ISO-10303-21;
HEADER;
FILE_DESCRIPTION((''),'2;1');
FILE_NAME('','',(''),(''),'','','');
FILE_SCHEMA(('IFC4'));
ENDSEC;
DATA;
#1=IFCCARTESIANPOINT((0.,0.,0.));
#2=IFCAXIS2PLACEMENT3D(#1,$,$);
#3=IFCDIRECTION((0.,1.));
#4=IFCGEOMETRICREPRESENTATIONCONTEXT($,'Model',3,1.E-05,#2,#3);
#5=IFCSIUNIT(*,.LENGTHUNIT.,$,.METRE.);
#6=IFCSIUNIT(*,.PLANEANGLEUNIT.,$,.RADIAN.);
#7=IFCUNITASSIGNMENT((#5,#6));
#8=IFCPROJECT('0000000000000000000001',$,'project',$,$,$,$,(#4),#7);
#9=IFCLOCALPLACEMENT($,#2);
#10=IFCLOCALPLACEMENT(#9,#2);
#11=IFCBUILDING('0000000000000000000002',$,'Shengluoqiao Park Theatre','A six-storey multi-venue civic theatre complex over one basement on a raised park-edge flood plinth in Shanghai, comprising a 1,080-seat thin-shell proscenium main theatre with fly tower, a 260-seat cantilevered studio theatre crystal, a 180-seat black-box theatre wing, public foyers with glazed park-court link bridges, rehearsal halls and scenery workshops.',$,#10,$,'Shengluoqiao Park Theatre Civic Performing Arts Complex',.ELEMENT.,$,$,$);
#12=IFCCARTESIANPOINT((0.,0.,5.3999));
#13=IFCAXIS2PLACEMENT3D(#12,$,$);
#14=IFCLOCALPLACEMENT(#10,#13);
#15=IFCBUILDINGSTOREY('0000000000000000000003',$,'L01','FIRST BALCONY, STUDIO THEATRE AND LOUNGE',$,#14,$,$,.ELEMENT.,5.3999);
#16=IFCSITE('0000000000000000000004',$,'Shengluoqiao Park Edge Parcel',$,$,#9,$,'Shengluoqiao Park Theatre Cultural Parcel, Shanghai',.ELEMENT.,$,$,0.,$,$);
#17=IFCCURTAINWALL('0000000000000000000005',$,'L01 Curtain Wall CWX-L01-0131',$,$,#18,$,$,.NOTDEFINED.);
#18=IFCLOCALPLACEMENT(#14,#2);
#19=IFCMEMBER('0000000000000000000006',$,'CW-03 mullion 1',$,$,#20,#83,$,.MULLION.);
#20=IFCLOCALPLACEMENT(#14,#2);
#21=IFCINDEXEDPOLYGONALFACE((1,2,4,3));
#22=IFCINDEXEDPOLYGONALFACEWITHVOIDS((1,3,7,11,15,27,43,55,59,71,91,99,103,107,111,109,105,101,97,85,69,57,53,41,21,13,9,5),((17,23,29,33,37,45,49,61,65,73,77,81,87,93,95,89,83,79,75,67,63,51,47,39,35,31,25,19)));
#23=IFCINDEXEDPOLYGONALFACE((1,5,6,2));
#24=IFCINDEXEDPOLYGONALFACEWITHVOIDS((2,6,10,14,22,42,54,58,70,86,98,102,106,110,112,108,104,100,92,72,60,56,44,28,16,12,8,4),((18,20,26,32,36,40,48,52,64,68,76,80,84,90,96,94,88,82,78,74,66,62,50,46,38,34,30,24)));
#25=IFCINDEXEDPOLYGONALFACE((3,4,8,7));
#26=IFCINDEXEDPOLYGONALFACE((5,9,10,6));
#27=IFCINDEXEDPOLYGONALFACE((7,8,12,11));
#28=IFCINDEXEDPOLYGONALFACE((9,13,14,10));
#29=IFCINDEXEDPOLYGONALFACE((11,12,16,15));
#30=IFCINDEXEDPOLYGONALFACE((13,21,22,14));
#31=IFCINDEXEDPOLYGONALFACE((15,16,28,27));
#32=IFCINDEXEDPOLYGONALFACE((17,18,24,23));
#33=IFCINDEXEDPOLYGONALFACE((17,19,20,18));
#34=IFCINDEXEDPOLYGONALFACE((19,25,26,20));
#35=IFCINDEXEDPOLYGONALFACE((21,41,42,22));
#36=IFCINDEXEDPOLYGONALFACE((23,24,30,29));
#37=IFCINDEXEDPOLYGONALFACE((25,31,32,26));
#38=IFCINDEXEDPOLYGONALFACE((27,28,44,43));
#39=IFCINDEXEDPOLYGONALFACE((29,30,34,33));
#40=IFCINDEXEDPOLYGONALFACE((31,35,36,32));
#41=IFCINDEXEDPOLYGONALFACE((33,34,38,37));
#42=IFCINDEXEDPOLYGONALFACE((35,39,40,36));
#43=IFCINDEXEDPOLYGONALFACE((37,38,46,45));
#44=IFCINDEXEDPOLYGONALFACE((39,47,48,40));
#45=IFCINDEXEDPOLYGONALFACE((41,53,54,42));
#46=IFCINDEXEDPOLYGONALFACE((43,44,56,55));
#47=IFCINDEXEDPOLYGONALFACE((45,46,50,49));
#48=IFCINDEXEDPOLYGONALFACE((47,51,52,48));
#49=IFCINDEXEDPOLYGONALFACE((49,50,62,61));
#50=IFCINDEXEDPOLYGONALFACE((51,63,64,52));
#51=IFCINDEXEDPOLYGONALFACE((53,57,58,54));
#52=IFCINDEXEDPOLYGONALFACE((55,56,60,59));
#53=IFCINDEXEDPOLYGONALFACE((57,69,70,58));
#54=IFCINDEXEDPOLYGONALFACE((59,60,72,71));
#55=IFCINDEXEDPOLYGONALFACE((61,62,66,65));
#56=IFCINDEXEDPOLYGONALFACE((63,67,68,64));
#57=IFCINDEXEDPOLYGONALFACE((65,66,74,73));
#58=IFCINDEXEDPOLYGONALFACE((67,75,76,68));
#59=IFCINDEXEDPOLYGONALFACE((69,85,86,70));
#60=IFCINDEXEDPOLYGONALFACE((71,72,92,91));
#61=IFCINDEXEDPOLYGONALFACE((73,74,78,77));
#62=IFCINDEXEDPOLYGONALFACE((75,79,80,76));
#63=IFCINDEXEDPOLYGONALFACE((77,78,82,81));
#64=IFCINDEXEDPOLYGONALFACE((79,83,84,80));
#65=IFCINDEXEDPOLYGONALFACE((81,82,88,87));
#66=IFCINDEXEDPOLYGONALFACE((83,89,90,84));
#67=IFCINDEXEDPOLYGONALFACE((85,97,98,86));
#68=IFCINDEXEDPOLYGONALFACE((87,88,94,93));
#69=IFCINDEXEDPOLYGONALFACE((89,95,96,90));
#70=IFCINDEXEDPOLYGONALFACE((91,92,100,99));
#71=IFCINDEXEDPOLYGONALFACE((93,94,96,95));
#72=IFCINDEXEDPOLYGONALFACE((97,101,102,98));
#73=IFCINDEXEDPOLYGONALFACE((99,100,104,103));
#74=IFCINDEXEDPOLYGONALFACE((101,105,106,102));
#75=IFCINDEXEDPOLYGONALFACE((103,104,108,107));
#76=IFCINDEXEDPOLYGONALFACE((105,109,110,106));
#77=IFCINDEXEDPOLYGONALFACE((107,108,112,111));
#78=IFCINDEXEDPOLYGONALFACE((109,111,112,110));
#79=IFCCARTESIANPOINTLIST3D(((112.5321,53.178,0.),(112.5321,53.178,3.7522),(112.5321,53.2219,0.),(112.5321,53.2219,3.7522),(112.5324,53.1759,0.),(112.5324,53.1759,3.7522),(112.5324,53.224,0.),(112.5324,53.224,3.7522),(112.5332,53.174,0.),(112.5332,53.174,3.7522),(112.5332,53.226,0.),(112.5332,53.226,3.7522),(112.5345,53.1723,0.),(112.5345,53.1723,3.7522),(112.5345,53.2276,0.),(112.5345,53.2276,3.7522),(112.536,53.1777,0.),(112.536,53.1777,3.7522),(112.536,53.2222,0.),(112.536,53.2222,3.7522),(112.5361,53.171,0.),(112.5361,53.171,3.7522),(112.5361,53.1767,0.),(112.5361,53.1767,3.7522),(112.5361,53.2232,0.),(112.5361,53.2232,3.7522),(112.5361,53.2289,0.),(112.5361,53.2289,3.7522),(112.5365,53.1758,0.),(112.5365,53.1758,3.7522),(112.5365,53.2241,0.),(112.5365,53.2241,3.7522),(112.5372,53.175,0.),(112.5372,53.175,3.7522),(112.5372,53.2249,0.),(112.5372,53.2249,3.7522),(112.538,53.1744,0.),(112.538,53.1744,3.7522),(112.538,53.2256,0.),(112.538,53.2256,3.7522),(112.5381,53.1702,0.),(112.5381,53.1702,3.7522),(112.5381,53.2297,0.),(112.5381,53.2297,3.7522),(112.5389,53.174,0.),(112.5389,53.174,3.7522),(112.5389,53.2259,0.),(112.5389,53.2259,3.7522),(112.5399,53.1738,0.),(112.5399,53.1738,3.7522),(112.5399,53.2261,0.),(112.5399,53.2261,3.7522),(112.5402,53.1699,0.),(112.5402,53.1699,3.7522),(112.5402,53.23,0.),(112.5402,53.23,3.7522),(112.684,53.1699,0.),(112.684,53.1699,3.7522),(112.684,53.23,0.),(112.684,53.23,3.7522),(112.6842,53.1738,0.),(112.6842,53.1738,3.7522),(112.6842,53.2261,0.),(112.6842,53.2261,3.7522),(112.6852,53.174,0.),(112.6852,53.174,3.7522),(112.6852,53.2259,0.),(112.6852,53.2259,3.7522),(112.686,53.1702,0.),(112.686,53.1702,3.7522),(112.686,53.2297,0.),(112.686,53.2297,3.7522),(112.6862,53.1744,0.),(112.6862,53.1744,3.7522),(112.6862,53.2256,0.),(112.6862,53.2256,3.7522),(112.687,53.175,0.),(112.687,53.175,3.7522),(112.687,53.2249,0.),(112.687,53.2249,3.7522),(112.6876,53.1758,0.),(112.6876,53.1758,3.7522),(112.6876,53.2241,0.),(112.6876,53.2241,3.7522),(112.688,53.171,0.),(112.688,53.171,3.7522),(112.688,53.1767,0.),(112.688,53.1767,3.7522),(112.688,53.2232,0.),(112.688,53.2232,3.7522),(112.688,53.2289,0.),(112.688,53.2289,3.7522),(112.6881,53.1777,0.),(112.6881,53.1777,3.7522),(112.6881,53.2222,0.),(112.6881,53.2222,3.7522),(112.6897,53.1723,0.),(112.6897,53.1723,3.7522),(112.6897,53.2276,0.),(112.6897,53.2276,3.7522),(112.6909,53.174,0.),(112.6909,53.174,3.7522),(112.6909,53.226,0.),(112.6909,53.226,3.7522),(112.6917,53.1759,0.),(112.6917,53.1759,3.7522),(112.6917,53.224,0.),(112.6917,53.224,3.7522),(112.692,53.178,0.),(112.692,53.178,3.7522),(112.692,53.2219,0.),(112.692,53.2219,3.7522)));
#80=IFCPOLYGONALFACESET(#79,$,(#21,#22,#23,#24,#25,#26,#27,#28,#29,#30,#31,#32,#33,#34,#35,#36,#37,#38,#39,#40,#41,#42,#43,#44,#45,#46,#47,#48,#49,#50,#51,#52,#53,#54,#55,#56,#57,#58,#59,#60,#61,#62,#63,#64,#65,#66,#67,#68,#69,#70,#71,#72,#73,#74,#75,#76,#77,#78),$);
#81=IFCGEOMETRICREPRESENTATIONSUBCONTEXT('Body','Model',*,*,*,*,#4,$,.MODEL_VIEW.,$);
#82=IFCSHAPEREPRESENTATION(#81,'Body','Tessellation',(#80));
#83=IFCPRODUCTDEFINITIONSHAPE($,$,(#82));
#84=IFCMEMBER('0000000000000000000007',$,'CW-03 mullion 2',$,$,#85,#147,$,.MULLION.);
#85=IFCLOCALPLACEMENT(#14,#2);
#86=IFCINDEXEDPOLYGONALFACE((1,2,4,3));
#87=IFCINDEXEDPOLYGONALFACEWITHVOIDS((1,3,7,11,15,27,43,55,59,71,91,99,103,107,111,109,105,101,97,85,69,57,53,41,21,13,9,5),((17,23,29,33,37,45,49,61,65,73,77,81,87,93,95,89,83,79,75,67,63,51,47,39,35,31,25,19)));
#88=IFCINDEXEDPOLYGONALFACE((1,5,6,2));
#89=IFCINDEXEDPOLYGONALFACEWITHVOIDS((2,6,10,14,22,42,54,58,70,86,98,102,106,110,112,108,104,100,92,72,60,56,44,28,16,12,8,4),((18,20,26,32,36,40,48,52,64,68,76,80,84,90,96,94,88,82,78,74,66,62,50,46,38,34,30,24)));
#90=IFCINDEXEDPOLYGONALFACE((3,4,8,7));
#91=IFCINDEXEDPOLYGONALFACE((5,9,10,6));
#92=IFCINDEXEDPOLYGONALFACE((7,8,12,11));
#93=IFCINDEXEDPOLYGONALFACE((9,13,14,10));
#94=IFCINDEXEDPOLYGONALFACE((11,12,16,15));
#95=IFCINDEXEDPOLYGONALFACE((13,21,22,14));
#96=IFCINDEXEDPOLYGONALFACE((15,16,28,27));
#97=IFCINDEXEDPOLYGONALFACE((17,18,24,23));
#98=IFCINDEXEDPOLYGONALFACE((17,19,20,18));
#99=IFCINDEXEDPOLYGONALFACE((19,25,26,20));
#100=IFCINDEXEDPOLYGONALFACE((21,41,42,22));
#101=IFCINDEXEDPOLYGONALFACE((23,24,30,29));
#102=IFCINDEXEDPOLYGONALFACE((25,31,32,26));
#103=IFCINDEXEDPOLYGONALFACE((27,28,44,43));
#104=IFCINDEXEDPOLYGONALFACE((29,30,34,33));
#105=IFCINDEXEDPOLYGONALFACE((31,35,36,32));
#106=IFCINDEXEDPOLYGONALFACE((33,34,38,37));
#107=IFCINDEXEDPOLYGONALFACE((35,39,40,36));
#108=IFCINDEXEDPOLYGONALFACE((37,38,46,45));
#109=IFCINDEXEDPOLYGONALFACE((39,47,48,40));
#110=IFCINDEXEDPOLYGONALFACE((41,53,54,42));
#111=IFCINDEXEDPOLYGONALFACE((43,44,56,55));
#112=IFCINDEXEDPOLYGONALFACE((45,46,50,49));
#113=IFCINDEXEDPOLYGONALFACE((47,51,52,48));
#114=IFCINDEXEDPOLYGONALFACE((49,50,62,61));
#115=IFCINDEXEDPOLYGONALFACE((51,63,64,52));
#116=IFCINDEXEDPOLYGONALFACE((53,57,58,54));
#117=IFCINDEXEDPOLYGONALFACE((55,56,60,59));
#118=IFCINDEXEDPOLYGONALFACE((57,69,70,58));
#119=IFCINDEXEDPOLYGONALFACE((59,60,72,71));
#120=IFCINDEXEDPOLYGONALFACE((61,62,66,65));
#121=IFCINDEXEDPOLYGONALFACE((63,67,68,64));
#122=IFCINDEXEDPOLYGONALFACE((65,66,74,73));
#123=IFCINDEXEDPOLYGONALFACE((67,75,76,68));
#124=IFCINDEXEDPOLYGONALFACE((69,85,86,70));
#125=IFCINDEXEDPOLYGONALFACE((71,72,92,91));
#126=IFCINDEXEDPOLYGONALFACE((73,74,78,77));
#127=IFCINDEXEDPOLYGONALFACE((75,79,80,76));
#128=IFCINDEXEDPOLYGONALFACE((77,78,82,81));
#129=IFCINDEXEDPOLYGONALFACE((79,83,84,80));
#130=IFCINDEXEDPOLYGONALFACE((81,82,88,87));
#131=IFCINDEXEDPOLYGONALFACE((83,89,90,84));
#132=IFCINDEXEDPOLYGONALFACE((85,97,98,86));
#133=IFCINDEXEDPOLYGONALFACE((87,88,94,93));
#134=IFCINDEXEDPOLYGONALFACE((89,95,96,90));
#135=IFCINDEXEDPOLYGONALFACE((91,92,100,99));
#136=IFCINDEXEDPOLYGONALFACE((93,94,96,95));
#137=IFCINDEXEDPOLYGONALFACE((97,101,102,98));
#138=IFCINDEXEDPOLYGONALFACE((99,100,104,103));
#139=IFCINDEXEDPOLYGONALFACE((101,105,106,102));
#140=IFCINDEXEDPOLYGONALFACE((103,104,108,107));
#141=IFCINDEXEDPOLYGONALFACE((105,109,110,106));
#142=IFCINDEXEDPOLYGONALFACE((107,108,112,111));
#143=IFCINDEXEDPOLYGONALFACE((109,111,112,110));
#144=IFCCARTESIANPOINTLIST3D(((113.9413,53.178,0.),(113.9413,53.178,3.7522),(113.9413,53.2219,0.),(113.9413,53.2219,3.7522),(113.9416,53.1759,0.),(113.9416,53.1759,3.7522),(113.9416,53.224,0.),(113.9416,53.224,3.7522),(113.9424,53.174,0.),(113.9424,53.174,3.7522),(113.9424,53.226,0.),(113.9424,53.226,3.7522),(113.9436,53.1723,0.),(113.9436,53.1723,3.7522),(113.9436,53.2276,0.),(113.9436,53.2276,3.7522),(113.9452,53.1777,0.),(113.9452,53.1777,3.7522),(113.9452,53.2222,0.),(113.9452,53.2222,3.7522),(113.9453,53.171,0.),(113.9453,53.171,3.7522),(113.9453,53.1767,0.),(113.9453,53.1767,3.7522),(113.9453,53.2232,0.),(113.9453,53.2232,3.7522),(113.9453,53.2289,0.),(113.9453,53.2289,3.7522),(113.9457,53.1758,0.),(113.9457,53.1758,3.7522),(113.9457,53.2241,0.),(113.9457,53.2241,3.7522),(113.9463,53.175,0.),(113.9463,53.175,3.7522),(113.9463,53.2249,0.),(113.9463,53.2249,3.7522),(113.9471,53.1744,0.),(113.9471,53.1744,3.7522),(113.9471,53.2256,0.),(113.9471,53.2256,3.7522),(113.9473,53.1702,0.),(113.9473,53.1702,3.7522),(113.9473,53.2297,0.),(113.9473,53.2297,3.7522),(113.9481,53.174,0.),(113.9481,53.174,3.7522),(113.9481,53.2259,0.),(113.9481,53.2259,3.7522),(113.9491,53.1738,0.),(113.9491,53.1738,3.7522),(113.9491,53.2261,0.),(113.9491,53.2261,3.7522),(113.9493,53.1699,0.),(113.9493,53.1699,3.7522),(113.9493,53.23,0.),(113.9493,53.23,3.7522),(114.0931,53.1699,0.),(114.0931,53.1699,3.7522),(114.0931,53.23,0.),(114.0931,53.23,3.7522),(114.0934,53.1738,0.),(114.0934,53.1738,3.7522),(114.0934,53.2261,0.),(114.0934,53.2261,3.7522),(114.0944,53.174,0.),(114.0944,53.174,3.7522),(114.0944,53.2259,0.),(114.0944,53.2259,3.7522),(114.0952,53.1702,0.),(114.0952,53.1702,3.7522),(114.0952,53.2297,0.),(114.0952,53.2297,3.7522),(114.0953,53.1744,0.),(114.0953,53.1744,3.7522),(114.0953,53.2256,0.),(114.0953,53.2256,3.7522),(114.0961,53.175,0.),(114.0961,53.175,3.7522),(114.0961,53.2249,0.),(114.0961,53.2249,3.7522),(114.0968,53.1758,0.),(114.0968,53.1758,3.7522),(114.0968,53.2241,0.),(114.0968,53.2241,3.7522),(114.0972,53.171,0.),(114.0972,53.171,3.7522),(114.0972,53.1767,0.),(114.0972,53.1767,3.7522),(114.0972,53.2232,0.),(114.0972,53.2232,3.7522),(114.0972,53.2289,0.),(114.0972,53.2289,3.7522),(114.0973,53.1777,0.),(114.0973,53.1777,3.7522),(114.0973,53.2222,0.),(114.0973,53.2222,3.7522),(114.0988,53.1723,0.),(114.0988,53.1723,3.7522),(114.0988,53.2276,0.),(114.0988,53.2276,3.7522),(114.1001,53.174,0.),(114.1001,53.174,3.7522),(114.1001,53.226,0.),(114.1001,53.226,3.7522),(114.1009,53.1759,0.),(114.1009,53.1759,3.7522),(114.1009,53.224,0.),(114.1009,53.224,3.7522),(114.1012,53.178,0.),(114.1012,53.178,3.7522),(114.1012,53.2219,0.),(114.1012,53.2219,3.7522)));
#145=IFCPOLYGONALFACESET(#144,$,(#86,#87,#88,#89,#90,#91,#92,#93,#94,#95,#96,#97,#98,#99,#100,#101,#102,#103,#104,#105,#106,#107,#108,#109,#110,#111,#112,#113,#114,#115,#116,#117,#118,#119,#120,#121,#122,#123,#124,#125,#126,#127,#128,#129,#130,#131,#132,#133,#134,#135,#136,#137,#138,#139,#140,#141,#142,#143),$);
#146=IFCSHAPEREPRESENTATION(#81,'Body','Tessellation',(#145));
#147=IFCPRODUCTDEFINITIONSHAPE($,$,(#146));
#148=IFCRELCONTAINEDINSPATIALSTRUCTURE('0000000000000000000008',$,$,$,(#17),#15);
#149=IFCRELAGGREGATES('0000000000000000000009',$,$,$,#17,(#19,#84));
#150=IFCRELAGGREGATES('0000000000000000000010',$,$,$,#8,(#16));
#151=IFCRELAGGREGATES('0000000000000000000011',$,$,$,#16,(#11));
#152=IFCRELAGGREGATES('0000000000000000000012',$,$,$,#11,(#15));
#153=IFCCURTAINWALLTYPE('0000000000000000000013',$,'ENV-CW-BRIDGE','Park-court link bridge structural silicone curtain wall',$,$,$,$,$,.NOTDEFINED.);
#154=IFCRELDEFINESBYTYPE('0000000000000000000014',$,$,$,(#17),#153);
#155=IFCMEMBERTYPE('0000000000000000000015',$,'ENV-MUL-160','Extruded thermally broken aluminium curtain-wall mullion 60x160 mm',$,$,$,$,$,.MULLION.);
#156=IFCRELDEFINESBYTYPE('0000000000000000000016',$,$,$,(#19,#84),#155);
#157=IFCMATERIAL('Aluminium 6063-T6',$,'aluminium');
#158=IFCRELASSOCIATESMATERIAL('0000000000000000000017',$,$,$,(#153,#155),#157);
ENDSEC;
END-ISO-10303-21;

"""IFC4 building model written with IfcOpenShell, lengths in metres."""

from ifc_helpers import new_model, si_unit, direction, frame, origin, origin_2d, place, context, subcontext, project, spatial, hollow_rectangle, extrude, material, material_profile, profile_set, type_object, element, aggregate, save


model = new_model("IFC4")

# Units and contexts
model_context = context("Model", 3, precision=1e-05, world=origin(), true_north=direction((0.0, 1.0)))
body_context = subcontext(model_context, "Body", "Model", "MODEL_VIEW")
ifc_project = project(units=[si_unit("LENGTHUNIT", "METRE"), si_unit("PLANEANGLEUNIT", "RADIAN")], contexts=[model_context])

# Site, building, storey
site_placement = place(None, origin())
site = spatial("IfcSite", under=ifc_project, at=site_placement, Name="Shengluoqiao Park Edge Parcel", LongName="Shengluoqiao Park Theatre Cultural Parcel, Shanghai", CompositionType="ELEMENT", RefElevation=0.0)
building_placement = place(site_placement, origin())
building = spatial("IfcBuilding", under=site, at=building_placement, Name="Shengluoqiao Park Theatre", Description="A six-storey multi-venue civic theatre complex over one basement on a raised park-edge flood plinth in Shanghai, comprising a 1,080-seat thin-shell proscenium main theatre with fly tower, a 260-seat cantilevered studio theatre crystal, a 180-seat black-box theatre wing, public foyers with glazed park-court link bridges, rehearsal halls and scenery workshops.", LongName="Shengluoqiao Park Theatre Civic Performing Arts Complex", CompositionType="ELEMENT")
storey_placement = place(building_placement, frame((0.0, 0.0, 5.3999)))
storey = spatial("IfcBuildingStorey", under=building, at=storey_placement, Name="L01", Description="FIRST BALCONY, STUDIO THEATRE AND LOUNGE", CompositionType="ELEMENT", Elevation=5.3999)

# Curtain wall, members
ifc_material_1 = material(Name="Aluminium 6063-T6", Category="aluminium")
curtain_wall_type = type_object("IfcCurtainWallType", Name="ENV-CW-BRIDGE", Description="Park-court link bridge structural silicone curtain wall", PredefinedType="NOTDEFINED", material=ifc_material_1)
ifc_material_profile_1 = material_profile(ifc_material_1, hollow_rectangle(XDim=0.0601, YDim=0.1599, WallThickness=0.0039, InnerFilletRadius=0.0039, OuterFilletRadius=0.0081, at=origin_2d()), Name="ALU MULLION 160x60x4")
ifc_profile_set_1 = profile_set([ifc_material_profile_1], Name="Aluminium 6063-T6")
member_type_1 = type_object("IfcMemberType", Name="ENV-MUL-160", Description="Extruded thermally broken aluminium curtain-wall mullion 60x160 mm", PredefinedType="MULLION", material=ifc_profile_set_1)
curtain_wall_1_placement = place(storey_placement, origin())
curtain_wall_1 = element("IfcCurtainWall", 1, at=curtain_wall_1_placement, inside=storey, type_object=curtain_wall_type, Name="L01 Curtain Wall CWX-L01-0131", PredefinedType="NOTDEFINED")
member_1_placement = place(storey_placement, frame((112.6121, 53.2, 0.0), z_axis=(0.0, 0.0, 1.0), x_axis=(0.0, 1.0, 0.0)))
member_1 = element("IfcMember", 2, at=member_1_placement, type_object=member_type_1, Name="CW-03 mullion 1", PredefinedType="MULLION", context=body_context, shape_type="SweptSolid", body=[
    extrude(hollow_rectangle(XDim=0.0601, YDim=0.1599, WallThickness=0.0039, InnerFilletRadius=0.0039, OuterFilletRadius=0.0081, at=origin_2d()), origin(), (0.0, 0.0, 1.0), 3.7522),
])
member_2_placement = place(storey_placement, frame((114.0212, 53.2, 0.0), z_axis=(0.0, 0.0, 1.0), x_axis=(0.0, 1.0, 0.0)))
member_2 = element("IfcMember", 3, at=member_2_placement, type_object=member_type_1, Name="CW-03 mullion 2", PredefinedType="MULLION", context=body_context, shape_type="SweptSolid", body=[
    extrude(hollow_rectangle(XDim=0.0601, YDim=0.1599, WallThickness=0.0039, InnerFilletRadius=0.0039, OuterFilletRadius=0.0081, at=origin_2d()), origin(), (0.0, 0.0, 1.0), 3.7522),
])

aggregate(curtain_wall_1, [member_1, member_2])

save(model, "model.ifc")
